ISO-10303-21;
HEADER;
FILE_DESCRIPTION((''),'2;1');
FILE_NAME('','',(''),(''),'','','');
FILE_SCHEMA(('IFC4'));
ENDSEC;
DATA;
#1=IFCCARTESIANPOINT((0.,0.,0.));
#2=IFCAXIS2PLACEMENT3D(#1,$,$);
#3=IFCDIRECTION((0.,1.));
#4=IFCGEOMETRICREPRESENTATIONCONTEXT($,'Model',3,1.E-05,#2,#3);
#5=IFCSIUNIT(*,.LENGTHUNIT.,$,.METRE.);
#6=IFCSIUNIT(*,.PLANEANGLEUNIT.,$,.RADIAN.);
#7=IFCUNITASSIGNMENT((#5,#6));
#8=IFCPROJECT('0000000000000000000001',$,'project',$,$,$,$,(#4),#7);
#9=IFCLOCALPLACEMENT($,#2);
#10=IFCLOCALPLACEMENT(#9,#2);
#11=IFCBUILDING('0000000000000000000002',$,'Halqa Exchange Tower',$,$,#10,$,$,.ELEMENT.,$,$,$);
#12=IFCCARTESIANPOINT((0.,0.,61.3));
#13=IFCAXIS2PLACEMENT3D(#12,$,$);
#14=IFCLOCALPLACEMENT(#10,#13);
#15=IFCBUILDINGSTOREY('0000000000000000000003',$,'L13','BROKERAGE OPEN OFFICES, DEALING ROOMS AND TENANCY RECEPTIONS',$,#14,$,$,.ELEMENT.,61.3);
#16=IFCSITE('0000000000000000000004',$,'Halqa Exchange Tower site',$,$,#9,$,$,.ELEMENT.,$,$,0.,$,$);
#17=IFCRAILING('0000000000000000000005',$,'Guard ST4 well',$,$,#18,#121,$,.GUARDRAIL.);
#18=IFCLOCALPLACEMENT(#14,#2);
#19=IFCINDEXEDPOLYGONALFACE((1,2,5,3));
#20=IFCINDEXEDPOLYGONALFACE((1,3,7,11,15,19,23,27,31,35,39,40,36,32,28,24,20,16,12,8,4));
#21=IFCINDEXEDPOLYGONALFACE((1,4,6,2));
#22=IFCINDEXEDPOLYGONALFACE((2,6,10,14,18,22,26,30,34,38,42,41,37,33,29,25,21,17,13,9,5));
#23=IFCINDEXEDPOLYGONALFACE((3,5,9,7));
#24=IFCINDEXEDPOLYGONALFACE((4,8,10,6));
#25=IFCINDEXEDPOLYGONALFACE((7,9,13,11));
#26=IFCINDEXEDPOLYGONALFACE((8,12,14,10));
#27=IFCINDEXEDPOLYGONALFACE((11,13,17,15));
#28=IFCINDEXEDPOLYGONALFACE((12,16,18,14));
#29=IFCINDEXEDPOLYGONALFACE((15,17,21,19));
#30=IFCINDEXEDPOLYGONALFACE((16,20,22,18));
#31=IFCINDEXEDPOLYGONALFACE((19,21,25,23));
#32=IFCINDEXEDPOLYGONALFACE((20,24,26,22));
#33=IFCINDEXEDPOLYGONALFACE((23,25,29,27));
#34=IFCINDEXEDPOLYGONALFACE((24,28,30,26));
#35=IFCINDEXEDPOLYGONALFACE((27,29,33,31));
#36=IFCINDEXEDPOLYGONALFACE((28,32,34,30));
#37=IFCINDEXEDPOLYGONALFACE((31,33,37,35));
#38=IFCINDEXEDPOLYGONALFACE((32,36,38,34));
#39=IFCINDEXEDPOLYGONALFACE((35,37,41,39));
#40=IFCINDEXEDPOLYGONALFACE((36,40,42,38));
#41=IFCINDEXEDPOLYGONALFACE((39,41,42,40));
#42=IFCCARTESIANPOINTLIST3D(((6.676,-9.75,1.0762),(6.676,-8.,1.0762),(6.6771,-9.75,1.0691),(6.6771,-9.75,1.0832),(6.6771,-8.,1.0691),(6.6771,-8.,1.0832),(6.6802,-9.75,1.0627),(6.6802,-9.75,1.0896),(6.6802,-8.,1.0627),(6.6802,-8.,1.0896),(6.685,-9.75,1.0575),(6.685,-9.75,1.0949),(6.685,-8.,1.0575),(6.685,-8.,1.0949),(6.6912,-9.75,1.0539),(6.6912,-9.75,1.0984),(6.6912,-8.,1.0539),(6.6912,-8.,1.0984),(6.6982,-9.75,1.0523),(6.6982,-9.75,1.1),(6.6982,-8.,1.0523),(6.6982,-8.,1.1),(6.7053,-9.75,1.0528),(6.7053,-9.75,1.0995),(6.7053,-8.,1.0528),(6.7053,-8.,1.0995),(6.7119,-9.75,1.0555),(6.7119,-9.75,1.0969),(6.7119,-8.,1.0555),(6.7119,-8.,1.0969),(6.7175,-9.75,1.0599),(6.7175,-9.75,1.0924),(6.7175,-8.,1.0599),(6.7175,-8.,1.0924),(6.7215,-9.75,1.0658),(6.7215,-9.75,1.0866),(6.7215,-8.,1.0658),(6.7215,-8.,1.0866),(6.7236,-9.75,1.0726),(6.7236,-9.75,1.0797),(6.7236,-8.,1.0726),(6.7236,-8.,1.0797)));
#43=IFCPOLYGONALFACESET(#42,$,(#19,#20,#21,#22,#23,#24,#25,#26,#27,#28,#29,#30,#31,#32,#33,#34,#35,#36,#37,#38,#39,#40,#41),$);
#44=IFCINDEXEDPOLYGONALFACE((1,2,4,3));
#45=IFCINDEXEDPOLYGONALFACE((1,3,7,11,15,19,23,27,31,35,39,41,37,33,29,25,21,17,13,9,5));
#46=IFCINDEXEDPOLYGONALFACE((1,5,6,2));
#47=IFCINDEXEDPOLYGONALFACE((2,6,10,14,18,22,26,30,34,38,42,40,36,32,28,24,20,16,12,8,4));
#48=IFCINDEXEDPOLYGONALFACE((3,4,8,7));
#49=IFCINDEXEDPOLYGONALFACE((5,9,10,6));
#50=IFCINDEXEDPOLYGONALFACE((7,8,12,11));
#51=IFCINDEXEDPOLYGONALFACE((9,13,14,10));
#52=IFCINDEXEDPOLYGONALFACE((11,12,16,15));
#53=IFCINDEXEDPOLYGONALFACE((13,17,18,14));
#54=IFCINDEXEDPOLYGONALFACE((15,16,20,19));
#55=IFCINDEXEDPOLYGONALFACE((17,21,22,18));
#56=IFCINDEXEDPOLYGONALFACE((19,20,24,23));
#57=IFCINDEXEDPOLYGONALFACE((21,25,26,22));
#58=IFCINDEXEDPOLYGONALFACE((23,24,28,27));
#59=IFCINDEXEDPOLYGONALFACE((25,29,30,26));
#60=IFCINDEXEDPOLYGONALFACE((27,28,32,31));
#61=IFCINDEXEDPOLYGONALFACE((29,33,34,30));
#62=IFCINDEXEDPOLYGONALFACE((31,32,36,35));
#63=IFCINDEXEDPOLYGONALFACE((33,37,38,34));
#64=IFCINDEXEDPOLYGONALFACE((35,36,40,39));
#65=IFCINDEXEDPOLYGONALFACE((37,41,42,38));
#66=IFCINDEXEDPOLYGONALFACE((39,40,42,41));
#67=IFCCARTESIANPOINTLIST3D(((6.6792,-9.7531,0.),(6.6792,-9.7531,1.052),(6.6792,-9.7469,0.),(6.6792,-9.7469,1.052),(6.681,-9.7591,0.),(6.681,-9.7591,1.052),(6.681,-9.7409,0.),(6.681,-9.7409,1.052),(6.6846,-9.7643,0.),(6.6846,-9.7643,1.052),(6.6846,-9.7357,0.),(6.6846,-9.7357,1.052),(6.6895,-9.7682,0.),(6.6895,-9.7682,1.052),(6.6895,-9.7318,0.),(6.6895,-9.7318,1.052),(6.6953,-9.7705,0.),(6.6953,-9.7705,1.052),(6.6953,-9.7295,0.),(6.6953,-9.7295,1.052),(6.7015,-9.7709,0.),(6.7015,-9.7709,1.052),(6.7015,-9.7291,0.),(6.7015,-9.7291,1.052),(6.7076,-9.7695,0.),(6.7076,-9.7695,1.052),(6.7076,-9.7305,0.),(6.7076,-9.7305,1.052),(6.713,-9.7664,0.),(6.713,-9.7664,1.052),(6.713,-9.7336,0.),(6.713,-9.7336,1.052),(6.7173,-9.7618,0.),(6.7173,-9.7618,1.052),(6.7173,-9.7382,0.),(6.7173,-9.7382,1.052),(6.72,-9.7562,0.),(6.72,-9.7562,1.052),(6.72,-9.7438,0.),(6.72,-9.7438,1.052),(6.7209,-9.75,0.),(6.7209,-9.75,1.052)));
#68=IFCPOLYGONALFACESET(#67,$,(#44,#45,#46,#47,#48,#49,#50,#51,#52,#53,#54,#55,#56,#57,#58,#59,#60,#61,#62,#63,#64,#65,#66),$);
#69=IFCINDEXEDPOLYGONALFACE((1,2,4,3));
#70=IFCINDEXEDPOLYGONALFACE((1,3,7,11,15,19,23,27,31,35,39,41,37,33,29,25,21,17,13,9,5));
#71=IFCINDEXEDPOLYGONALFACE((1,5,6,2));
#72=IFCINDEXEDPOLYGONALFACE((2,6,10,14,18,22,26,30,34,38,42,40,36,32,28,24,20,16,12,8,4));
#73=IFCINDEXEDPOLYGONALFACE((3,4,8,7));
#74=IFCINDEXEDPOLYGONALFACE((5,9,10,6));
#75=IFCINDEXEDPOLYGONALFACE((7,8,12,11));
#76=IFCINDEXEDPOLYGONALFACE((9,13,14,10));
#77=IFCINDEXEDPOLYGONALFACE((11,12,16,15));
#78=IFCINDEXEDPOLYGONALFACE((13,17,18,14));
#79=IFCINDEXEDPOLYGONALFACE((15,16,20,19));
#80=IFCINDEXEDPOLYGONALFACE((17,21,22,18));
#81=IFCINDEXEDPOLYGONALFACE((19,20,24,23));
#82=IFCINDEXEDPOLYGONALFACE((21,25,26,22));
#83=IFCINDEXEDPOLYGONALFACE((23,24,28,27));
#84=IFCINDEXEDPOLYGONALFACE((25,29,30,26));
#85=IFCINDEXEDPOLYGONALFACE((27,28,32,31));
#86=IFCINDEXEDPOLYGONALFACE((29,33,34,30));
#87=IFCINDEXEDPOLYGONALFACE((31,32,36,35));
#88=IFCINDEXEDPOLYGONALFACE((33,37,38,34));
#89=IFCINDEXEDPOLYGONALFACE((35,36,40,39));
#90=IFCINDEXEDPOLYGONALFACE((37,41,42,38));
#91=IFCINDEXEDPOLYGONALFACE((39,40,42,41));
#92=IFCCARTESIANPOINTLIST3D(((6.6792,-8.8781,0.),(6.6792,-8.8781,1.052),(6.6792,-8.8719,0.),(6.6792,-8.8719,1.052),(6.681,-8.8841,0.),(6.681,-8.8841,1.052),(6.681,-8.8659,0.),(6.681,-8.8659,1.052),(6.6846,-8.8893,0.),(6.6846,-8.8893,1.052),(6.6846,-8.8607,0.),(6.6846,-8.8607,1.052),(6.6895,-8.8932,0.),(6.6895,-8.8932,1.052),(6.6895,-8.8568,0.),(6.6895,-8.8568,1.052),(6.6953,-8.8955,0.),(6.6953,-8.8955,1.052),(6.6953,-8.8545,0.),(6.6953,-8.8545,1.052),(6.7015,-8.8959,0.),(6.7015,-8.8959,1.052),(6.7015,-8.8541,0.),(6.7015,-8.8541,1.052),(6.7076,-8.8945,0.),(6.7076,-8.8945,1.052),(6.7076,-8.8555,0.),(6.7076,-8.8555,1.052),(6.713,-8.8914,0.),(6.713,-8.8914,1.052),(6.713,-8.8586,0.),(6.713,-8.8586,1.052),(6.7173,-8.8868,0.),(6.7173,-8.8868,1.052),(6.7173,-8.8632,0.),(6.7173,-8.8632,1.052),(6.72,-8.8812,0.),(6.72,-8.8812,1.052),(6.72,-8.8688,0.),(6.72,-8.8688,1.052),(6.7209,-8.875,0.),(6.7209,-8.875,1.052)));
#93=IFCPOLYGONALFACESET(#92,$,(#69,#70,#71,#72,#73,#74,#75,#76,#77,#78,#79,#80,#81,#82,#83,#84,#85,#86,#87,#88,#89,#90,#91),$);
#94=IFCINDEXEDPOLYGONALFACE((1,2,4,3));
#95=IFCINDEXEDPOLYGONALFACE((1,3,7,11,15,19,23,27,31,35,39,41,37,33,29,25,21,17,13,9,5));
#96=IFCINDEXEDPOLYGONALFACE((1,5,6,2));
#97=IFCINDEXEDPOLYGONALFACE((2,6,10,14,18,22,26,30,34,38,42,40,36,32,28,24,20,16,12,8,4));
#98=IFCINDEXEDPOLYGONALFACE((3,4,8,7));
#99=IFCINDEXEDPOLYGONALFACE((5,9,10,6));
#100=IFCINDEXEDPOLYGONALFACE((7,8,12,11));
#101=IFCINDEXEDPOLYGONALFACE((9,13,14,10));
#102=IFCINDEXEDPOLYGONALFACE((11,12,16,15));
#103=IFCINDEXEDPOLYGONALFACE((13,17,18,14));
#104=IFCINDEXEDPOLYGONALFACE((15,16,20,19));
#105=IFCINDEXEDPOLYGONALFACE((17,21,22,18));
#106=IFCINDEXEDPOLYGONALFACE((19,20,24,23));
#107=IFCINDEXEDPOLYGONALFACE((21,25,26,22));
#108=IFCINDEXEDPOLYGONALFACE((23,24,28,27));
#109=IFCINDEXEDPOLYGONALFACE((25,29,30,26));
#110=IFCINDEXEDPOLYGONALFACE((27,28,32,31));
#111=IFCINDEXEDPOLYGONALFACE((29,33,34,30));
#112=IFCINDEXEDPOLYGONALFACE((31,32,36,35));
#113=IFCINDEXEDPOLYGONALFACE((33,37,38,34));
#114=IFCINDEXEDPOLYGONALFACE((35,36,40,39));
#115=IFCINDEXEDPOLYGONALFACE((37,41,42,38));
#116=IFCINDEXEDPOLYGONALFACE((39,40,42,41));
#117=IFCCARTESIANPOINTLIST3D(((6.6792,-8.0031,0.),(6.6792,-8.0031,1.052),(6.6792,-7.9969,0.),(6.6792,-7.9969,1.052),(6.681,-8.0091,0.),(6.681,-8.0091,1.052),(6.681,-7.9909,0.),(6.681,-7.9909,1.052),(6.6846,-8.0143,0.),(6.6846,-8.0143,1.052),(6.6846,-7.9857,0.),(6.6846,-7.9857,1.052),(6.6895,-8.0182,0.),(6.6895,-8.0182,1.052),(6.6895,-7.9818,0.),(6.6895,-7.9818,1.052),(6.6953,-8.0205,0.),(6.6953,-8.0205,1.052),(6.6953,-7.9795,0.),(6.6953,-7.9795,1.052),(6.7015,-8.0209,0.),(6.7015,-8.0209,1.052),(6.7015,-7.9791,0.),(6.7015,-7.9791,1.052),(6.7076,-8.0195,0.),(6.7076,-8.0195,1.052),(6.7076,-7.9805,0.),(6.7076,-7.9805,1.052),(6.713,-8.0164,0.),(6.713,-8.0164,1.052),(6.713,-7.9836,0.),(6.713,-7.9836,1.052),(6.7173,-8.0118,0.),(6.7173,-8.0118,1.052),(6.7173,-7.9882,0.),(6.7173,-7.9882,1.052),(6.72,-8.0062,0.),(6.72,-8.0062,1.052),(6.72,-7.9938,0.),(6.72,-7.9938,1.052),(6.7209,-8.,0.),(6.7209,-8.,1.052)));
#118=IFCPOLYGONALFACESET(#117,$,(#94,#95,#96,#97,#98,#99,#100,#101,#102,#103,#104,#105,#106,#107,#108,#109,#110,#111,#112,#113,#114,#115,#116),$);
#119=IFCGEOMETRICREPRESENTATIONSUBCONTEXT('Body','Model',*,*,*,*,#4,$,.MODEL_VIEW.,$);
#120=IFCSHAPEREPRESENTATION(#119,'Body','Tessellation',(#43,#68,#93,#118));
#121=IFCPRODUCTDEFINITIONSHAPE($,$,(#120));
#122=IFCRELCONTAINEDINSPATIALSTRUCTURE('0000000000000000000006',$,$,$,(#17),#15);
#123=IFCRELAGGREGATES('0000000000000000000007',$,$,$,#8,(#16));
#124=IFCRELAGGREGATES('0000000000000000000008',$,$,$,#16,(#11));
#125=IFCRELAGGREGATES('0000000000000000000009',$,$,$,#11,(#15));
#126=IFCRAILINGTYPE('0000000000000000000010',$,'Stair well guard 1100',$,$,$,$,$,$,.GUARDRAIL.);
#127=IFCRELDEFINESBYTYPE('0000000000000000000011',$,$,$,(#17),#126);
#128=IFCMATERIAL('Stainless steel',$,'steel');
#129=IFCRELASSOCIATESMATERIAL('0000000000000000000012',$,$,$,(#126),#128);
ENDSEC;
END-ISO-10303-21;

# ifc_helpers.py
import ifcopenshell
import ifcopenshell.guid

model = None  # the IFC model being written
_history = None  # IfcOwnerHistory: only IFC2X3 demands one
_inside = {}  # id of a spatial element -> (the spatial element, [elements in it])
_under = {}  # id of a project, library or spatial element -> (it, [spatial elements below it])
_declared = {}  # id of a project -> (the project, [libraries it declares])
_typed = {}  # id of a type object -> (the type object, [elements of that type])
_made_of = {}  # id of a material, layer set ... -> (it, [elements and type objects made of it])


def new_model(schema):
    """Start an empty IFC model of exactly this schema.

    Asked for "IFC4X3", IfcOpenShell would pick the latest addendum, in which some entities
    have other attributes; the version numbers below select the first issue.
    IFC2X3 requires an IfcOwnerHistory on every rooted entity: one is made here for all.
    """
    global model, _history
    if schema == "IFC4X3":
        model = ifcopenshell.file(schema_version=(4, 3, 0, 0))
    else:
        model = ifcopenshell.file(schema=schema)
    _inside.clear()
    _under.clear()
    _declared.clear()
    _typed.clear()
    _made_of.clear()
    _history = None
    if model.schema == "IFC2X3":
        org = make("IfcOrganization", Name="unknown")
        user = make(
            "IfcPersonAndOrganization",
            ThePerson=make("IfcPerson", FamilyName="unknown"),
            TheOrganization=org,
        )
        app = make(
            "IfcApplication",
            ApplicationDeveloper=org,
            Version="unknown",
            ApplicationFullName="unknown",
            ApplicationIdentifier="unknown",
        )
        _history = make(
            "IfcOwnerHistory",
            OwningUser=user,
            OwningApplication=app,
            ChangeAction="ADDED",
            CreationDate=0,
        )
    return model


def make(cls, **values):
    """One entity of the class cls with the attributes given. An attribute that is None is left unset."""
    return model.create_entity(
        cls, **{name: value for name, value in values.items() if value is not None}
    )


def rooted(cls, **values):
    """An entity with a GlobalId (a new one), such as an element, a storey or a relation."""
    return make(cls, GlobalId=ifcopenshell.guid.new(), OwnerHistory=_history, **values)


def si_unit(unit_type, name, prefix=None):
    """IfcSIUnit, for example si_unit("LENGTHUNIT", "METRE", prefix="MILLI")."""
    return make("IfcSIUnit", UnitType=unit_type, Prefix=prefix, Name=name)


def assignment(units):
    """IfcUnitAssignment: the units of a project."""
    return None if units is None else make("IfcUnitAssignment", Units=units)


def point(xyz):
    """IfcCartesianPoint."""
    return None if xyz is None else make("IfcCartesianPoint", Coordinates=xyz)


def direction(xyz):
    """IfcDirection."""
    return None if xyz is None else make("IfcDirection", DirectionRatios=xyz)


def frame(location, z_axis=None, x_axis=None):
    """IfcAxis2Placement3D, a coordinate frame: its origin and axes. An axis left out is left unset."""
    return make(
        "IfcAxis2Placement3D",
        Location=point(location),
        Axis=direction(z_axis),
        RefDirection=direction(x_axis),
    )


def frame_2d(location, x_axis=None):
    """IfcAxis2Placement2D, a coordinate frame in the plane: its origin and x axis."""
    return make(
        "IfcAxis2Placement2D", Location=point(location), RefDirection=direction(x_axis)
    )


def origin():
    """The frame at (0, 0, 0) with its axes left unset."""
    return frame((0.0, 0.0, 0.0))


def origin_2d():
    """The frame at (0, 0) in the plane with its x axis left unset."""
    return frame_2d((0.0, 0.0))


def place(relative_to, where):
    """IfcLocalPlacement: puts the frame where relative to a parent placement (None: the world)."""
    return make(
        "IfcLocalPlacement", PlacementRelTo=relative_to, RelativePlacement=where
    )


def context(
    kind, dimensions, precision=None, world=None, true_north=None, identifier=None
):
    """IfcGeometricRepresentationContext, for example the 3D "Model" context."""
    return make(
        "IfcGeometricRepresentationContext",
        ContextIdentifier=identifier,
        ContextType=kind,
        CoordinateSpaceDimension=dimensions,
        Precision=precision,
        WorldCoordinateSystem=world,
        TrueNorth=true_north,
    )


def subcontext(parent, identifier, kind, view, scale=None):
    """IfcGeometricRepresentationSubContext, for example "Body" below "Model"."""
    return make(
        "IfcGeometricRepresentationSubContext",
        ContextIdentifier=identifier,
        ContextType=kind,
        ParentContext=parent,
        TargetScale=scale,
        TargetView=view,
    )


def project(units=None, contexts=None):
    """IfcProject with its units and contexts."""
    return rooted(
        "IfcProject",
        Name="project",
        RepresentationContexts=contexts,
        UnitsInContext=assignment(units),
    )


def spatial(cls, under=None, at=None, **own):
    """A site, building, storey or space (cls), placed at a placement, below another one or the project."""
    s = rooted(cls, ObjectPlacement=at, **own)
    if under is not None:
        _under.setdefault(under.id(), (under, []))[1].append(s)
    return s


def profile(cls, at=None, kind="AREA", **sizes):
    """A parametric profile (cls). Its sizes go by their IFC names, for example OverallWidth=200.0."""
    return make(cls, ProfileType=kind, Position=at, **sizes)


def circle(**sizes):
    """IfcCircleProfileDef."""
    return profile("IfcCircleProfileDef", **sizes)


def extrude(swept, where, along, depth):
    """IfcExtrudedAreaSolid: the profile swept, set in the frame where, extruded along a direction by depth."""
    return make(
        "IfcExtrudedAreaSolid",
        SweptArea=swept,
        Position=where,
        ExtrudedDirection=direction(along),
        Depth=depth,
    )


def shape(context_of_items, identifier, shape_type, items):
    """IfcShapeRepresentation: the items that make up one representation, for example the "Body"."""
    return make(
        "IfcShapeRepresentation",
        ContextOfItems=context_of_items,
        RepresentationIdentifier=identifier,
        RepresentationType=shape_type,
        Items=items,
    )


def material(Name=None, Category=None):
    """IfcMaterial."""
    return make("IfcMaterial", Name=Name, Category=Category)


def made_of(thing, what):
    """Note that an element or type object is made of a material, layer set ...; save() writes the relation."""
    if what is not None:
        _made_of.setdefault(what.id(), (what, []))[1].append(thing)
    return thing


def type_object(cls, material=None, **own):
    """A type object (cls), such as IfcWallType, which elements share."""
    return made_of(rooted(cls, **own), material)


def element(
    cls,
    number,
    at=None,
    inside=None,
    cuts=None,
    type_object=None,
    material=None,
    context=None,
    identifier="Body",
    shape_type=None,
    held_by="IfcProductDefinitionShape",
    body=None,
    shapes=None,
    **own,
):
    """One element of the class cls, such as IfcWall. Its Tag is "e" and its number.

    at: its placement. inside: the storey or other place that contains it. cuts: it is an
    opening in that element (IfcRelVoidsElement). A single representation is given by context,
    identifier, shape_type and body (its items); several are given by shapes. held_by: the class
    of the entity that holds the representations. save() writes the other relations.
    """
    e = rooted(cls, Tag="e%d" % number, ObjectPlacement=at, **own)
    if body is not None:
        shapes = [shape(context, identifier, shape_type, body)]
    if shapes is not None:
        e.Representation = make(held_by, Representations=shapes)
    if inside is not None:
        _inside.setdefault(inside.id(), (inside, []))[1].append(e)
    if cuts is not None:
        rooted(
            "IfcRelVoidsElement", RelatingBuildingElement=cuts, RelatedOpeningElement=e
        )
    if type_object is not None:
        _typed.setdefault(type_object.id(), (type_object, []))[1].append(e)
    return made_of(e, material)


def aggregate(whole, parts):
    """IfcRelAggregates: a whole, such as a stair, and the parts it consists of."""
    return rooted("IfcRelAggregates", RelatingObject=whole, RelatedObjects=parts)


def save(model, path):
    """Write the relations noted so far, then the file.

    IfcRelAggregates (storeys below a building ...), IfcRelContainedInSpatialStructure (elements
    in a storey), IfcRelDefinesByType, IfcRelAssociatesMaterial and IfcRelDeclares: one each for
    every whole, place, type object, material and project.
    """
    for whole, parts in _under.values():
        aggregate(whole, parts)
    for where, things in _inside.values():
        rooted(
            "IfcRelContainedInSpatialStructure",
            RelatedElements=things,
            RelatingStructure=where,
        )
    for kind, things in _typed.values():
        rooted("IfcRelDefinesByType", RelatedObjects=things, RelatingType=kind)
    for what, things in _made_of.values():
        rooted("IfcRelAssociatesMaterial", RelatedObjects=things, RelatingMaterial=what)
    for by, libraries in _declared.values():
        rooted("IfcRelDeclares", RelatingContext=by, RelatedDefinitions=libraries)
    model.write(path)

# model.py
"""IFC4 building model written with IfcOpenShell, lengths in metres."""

from ifc_helpers import new_model, si_unit, direction, frame, origin, origin_2d, place, context, subcontext, project, spatial, circle, extrude, material, type_object, element, save


model = new_model("IFC4")

# Units and contexts
model_context = context("Model", 3, precision=1e-05, world=origin(), true_north=direction((0.0, 1.0)))
body_context = subcontext(model_context, "Body", "Model", "MODEL_VIEW")
ifc_project = project(units=[si_unit("LENGTHUNIT", "METRE"), si_unit("PLANEANGLEUNIT", "RADIAN")], contexts=[model_context])

# Site, building, storey
site_placement = place(None, origin())
site = spatial("IfcSite", under=ifc_project, at=site_placement, Name="Halqa Exchange Tower site", CompositionType="ELEMENT", RefElevation=0.0)
building_placement = place(site_placement, origin())
building = spatial("IfcBuilding", under=site, at=building_placement, Name="Halqa Exchange Tower", CompositionType="ELEMENT")
storey_placement = place(building_placement, frame((0.0, 0.0, 61.3)))
storey = spatial("IfcBuildingStorey", under=building, at=storey_placement, Name="L13", Description="BROKERAGE OPEN OFFICES, DEALING ROOMS AND TENANCY RECEPTIONS", CompositionType="ELEMENT", Elevation=61.3)

# Railing
ifc_material_1 = material(Name="Stainless steel", Category="steel")
railing_type_1 = type_object("IfcRailingType", Name="Stair well guard 1100", PredefinedType="GUARDRAIL", material=ifc_material_1)
railing_1_placement = place(storey_placement, frame((6.7, -9.75, 0.0)))
element("IfcRailing", 1, at=railing_1_placement, inside=storey, type_object=railing_type_1, Name="Guard ST4 well", PredefinedType="GUARDRAIL", context=body_context, shape_type="SweptSolid", body=[
    extrude(circle(Radius=0.0239, at=origin_2d()), frame((0.0, 0.0, 1.0762), z_axis=(0.0, 1.0, 0.0), x_axis=(-1.0, 0.0, 0.0)), (0.0, 0.0, 1.0), 1.75),
    extrude(circle(Radius=0.021, at=origin_2d()), origin(), (0.0, 0.0, 1.0), 1.052),
    extrude(circle(Radius=0.021, at=origin_2d()), frame((0.0, 0.875, 0.0)), (0.0, 0.0, 1.0), 1.052),
    extrude(circle(Radius=0.021, at=origin_2d()), frame((0.0, 1.75, 0.0)), (0.0, 0.0, 1.0), 1.052),
])

save(model, "model.ifc")
